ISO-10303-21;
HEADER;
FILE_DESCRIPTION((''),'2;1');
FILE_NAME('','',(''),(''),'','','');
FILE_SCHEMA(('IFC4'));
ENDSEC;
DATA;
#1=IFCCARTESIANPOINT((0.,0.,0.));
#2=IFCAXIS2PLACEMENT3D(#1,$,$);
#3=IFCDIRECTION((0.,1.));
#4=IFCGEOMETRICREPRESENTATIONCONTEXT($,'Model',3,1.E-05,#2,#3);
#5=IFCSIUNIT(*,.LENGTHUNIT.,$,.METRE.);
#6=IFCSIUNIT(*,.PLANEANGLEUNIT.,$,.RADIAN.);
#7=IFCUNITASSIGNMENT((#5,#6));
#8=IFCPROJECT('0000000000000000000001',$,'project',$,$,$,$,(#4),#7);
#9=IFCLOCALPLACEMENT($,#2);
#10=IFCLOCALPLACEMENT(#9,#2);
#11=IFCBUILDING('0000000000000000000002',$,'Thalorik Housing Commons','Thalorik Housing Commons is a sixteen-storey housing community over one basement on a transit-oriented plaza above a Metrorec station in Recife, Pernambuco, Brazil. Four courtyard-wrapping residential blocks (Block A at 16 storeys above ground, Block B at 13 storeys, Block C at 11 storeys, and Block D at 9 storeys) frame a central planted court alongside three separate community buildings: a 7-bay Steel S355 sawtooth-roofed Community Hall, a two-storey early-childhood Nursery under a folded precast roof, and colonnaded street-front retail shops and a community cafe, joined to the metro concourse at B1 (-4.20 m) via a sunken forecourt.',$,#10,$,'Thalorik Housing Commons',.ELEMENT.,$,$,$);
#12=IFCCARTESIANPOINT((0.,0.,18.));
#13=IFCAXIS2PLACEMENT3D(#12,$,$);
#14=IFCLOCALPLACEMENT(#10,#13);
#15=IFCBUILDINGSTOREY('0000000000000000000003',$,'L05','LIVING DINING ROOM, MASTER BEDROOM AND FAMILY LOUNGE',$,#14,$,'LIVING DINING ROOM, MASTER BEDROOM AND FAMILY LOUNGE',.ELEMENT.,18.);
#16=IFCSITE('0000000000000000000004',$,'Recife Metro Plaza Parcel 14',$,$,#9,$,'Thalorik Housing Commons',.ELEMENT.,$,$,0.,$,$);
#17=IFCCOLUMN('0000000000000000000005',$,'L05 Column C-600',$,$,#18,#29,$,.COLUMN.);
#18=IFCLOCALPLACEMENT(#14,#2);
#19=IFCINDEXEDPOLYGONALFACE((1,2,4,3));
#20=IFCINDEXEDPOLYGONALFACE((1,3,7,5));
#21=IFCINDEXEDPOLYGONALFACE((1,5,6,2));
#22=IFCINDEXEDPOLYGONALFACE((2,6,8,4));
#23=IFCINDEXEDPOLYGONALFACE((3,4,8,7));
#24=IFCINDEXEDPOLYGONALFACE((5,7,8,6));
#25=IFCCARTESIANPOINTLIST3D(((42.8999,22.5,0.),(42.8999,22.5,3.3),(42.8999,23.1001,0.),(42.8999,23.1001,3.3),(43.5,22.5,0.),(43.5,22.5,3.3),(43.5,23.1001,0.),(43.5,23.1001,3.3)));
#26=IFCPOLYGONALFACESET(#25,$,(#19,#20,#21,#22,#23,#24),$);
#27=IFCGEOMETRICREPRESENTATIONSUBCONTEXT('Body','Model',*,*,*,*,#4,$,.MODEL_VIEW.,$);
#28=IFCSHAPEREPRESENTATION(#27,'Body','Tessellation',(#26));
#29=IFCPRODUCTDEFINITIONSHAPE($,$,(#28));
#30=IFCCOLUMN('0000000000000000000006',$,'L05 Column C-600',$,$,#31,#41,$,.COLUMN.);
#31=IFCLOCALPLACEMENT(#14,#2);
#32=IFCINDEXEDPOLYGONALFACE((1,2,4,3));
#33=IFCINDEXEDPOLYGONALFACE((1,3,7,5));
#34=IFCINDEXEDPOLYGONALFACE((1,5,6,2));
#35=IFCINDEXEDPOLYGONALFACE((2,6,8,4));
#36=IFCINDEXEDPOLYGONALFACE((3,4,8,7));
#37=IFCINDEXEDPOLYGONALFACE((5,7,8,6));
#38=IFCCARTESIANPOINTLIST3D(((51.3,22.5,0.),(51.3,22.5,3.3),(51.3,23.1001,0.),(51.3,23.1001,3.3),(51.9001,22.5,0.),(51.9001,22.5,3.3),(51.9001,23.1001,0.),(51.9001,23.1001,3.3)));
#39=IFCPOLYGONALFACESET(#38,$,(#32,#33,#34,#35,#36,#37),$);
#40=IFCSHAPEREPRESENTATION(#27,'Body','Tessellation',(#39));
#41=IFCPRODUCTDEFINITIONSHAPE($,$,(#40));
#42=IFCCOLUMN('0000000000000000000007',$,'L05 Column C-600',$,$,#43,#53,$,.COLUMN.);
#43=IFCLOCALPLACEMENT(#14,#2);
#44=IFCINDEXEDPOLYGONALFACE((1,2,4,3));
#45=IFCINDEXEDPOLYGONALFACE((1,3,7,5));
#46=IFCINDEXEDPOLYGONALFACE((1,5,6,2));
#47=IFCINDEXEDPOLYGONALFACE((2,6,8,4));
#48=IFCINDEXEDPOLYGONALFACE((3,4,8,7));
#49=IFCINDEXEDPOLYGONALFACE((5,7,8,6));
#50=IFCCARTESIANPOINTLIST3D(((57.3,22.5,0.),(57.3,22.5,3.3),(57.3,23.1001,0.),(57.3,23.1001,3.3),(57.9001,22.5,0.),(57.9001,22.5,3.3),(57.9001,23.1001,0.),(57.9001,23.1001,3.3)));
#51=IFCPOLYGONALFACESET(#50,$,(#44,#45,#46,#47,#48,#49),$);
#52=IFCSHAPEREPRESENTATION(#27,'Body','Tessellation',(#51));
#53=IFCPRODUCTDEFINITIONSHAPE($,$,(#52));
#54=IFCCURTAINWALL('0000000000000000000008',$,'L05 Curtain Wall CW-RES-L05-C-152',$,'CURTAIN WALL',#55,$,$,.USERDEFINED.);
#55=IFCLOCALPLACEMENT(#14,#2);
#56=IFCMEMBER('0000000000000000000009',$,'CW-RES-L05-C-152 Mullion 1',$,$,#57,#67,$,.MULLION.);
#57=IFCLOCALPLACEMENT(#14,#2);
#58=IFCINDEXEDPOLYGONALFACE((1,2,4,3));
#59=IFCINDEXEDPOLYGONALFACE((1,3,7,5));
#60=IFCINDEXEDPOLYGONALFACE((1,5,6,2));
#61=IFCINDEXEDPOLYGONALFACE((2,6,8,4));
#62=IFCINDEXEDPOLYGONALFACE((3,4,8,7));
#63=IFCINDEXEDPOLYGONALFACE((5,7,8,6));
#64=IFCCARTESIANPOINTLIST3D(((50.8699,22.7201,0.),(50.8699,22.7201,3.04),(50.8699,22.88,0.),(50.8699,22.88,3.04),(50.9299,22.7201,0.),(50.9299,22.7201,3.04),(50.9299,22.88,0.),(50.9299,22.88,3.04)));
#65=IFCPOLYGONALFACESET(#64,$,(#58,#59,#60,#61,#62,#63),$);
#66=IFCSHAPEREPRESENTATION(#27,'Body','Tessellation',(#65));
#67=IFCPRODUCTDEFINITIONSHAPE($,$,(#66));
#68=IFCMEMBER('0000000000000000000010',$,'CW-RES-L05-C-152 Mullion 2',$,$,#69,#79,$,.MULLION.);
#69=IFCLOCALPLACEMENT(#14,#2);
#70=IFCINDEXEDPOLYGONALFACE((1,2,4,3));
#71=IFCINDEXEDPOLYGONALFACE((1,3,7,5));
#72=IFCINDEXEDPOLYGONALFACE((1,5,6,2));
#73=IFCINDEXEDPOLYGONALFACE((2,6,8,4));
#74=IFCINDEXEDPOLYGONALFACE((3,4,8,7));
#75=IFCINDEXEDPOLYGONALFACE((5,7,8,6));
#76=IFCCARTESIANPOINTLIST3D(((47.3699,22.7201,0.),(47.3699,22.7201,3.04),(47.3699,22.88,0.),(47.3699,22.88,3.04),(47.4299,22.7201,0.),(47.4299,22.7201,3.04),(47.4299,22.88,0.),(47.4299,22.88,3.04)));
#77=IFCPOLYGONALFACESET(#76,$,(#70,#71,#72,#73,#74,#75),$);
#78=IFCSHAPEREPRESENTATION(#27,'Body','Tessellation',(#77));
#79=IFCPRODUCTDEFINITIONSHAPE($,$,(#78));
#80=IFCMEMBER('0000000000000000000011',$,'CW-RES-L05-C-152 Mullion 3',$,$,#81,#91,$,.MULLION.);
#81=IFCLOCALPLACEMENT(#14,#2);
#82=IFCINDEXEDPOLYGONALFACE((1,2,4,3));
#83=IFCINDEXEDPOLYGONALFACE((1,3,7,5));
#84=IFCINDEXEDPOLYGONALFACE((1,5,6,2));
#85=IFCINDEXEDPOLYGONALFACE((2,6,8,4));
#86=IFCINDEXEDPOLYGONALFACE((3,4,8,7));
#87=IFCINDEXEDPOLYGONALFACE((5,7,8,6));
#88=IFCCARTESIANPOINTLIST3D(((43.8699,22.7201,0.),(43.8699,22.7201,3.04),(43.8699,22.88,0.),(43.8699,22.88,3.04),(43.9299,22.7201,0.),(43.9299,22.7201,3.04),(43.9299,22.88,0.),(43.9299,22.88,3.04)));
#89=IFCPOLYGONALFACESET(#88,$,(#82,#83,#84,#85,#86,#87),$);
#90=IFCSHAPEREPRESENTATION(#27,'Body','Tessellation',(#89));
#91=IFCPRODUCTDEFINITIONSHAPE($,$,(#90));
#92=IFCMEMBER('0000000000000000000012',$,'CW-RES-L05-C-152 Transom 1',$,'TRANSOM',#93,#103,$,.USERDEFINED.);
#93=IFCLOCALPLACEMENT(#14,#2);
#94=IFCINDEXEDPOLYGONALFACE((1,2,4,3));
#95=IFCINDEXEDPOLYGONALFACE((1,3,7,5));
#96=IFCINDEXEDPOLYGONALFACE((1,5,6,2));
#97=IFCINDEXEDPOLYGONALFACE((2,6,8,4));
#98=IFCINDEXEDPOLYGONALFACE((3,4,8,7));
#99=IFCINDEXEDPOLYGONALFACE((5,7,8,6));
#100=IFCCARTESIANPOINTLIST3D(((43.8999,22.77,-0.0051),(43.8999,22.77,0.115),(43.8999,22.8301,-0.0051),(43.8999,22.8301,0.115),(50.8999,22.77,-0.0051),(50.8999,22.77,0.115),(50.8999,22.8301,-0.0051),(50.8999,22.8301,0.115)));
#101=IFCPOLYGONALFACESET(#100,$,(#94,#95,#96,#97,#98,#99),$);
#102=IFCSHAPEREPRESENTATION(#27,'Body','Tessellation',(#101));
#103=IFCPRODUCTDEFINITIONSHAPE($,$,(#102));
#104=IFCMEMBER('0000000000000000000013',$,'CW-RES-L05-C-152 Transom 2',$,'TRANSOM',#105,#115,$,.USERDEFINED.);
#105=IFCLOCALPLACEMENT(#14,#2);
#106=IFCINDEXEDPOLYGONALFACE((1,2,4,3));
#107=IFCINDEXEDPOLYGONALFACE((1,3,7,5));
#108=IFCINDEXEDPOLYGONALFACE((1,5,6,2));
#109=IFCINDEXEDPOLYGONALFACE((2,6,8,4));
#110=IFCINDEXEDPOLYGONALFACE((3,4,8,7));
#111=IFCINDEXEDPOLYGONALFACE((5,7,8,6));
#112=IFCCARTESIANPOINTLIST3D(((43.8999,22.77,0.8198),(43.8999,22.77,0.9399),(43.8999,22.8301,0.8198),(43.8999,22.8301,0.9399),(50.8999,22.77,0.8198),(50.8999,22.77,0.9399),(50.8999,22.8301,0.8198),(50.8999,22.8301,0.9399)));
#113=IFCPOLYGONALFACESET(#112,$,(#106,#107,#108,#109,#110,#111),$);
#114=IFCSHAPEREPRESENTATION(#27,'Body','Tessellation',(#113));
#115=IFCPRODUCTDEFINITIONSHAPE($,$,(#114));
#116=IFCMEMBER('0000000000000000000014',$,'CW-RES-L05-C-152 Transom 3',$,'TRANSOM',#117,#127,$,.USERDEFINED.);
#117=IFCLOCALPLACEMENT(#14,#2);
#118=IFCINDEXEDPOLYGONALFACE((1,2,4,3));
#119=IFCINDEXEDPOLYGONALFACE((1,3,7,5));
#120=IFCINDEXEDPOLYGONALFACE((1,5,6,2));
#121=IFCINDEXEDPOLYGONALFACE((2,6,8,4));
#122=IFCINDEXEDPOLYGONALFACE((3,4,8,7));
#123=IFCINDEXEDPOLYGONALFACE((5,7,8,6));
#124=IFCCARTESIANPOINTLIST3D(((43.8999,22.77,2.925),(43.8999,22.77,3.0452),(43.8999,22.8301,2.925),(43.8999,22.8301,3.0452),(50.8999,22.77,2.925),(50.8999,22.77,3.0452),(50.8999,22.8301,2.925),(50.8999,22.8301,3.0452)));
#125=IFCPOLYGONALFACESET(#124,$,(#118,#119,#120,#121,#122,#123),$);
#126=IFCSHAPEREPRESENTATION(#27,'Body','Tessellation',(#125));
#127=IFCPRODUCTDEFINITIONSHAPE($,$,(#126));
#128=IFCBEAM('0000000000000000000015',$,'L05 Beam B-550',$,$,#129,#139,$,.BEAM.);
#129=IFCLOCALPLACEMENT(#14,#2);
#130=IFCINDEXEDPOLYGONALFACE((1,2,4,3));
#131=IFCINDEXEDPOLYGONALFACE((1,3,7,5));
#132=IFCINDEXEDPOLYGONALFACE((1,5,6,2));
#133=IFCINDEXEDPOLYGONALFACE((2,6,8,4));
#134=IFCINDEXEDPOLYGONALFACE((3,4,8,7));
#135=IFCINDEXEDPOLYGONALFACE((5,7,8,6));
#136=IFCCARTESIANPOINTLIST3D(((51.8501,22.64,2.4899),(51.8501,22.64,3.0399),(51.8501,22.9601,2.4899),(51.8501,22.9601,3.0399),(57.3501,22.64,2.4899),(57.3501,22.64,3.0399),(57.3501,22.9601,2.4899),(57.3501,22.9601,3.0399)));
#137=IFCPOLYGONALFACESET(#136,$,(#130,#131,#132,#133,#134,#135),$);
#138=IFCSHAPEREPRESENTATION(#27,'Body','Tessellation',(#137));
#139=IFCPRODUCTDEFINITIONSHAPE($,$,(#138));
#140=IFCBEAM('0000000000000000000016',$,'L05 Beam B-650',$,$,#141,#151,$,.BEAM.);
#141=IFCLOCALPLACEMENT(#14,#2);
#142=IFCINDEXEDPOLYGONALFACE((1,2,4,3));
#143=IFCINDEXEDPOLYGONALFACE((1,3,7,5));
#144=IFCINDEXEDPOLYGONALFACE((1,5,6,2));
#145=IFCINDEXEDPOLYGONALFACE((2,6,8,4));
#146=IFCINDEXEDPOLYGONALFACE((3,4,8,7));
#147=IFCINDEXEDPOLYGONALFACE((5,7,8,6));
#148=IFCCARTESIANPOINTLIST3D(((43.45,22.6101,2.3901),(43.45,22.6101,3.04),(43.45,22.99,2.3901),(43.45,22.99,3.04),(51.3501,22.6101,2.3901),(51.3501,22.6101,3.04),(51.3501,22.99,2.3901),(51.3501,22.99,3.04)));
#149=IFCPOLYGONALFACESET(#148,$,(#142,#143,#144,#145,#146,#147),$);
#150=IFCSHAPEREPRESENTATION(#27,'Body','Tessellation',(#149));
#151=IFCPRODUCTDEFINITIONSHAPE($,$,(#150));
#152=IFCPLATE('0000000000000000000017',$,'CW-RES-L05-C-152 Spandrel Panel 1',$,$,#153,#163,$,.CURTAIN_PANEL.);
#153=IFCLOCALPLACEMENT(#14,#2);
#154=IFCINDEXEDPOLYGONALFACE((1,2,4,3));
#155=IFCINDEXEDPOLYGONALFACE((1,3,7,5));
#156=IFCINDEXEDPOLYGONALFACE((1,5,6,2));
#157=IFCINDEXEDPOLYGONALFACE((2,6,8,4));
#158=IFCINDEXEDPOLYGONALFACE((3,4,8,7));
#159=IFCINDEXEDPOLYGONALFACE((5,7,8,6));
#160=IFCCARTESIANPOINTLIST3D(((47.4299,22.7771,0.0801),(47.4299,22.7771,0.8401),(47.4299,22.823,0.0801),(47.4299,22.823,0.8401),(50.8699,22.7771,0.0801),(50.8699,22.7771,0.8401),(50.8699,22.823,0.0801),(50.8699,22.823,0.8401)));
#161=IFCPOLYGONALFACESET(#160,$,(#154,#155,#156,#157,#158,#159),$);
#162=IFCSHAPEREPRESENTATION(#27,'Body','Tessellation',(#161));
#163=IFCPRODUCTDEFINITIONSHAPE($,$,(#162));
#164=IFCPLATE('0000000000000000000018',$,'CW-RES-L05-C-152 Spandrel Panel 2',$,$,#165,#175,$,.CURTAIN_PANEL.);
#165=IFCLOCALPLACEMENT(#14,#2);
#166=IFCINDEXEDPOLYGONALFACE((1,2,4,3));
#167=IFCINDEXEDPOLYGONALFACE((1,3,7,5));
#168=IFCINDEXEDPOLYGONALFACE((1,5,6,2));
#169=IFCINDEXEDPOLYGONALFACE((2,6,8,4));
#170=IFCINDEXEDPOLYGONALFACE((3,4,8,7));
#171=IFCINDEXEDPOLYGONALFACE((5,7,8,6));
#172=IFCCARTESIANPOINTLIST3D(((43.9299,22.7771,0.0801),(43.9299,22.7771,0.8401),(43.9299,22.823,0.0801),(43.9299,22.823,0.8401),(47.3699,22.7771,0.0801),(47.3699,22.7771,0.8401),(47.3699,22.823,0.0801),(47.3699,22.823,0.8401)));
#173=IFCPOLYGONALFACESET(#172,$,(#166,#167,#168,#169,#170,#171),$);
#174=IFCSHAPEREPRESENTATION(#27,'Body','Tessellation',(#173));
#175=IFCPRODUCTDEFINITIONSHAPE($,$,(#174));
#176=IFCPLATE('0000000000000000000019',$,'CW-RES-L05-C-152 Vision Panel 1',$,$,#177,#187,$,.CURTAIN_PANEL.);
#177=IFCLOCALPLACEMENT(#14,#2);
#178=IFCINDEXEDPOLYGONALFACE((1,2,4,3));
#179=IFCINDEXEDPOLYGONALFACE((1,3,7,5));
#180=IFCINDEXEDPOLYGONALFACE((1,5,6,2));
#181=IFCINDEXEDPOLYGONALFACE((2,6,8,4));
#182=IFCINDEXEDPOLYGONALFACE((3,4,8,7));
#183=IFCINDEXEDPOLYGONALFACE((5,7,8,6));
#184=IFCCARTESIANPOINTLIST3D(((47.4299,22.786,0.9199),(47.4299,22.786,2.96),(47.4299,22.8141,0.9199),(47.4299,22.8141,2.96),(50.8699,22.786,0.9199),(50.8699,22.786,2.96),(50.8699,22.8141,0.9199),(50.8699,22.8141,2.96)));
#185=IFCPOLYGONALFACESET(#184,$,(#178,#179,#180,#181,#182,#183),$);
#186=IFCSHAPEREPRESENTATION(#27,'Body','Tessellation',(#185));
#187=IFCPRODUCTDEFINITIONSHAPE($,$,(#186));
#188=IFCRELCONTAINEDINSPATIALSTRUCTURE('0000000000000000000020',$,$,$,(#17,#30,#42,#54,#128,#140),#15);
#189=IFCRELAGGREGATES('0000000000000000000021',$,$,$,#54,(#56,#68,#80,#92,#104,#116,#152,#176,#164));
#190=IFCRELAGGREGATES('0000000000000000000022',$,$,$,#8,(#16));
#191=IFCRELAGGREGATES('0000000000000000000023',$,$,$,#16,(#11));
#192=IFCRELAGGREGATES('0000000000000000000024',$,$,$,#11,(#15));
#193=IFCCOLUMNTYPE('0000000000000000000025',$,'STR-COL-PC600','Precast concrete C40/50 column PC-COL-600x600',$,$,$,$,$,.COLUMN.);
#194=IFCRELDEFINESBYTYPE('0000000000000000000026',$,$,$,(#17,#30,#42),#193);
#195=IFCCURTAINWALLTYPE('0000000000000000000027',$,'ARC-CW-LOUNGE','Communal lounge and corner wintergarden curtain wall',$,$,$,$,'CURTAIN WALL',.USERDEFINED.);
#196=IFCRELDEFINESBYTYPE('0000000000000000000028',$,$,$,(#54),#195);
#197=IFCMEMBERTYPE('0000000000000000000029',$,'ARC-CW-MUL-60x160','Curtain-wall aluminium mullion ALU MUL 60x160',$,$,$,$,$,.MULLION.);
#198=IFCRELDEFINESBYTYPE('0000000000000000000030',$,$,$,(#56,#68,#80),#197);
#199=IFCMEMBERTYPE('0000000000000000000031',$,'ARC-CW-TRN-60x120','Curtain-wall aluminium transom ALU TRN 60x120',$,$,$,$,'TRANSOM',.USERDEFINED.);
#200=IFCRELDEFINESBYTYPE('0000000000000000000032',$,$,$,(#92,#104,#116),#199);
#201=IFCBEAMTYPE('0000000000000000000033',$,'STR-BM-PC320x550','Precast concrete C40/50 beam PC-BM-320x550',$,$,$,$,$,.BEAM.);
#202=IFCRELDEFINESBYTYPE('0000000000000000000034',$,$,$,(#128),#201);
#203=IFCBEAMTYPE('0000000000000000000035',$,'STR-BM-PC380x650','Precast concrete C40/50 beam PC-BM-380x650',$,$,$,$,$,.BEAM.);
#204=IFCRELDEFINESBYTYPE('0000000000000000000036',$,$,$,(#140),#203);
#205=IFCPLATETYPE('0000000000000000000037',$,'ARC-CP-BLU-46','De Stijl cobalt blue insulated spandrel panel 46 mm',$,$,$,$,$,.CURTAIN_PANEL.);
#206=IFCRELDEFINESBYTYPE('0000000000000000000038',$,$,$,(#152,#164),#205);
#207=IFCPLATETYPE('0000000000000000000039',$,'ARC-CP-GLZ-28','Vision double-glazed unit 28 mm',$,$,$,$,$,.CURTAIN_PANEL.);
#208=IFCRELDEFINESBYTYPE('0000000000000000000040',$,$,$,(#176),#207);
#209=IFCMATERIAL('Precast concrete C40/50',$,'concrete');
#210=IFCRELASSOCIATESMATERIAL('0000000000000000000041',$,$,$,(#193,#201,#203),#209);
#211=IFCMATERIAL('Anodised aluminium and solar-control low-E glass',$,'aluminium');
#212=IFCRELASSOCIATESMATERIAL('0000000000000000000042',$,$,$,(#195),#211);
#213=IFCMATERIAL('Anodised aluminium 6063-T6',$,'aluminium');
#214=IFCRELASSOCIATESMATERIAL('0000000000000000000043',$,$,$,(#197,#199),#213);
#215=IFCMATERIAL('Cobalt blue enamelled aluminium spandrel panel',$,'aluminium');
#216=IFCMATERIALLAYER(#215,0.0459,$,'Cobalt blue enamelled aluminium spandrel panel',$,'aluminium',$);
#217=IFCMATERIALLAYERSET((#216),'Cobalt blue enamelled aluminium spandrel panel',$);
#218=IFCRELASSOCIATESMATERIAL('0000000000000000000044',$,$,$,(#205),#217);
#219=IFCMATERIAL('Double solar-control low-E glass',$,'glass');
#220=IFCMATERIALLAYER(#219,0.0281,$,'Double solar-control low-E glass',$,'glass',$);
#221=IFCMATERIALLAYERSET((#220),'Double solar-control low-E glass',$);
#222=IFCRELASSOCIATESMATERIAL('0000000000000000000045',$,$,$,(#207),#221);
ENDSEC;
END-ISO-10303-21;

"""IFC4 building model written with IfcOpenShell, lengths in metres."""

from ifc_helpers import new_model, si_unit, direction, frame, origin, origin_2d, place, context, subcontext, project, spatial, rectangle, extrude, material, layer, layer_set, material_profile, profile_set, type_object, element, aggregate, save


model = new_model("IFC4")

# Units and contexts
model_context = context("Model", 3, precision=1e-05, world=origin(), true_north=direction((0.0, 1.0)))
body_context = subcontext(model_context, "Body", "Model", "MODEL_VIEW")
ifc_project = project(units=[si_unit("LENGTHUNIT", "METRE"), si_unit("PLANEANGLEUNIT", "RADIAN")], contexts=[model_context])

# Site, building, storey
site_placement = place(None, origin())
site = spatial("IfcSite", under=ifc_project, at=site_placement, Name="Recife Metro Plaza Parcel 14", LongName="Thalorik Housing Commons", CompositionType="ELEMENT", RefElevation=0.0)
building_placement = place(site_placement, origin())
building = spatial("IfcBuilding", under=site, at=building_placement, Name="Thalorik Housing Commons", Description="Thalorik Housing Commons is a sixteen-storey housing community over one basement on a transit-oriented plaza above a Metrorec station in Recife, Pernambuco, Brazil. Four courtyard-wrapping residential blocks (Block A at 16 storeys above ground, Block B at 13 storeys, Block C at 11 storeys, and Block D at 9 storeys) frame a central planted court alongside three separate community buildings: a 7-bay Steel S355 sawtooth-roofed Community Hall, a two-storey early-childhood Nursery under a folded precast roof, and colonnaded street-front retail shops and a community cafe, joined to the metro concourse at B1 (-4.20 m) via a sunken forecourt.", LongName="Thalorik Housing Commons", CompositionType="ELEMENT")
storey_placement = place(building_placement, frame((0.0, 0.0, 18.0)))
storey = spatial("IfcBuildingStorey", under=building, at=storey_placement, Name="L05", Description="LIVING DINING ROOM, MASTER BEDROOM AND FAMILY LOUNGE", LongName="LIVING DINING ROOM, MASTER BEDROOM AND FAMILY LOUNGE", CompositionType="ELEMENT", Elevation=18.0)

# Columns
ifc_material_1 = material(Name="Precast concrete C40/50", Category="concrete")
ifc_material_profile_1 = material_profile(ifc_material_1, rectangle(XDim=0.6001, YDim=0.6001, at=origin_2d()), Name="PC 600x600", Category="concrete")
ifc_profile_set_1 = profile_set([ifc_material_profile_1], Name="Precast concrete C40/50")
column_type = type_object("IfcColumnType", Name="STR-COL-PC600", Description="Precast concrete C40/50 column PC-COL-600x600", PredefinedType="COLUMN", material=ifc_profile_set_1)
for number, where, z_axis, x_axis, name in (
    (1, (43.2, 22.8, 0.0), (0.0, 0.0, 1.0), (1.0, 0.0, 0.0), "L05 Column C-600"),
    (2, (51.6001, 22.8, 0.0), (0.0, 0.0, 1.0), (1.0, 0.0, 0.0), "L05 Column C-600"),
    (3, (57.6001, 22.8, 0.0), (0.0, 0.0, 1.0), (1.0, 0.0, 0.0), "L05 Column C-600"),
):
    element("IfcColumn", number, at=place(storey_placement, frame(where, z_axis=z_axis, x_axis=x_axis)), inside=storey, type_object=column_type, Name=name, PredefinedType="COLUMN", context=body_context, shape_type="SweptSolid", body=[
        extrude(rectangle(XDim=0.6001, YDim=0.6001, at=origin_2d()), origin(), (0.0, 0.0, 1.0), 3.3),
    ])

# Curtain wall, members
ifc_material_2 = material(Name="Anodised aluminium and solar-control low-E glass", Category="aluminium")
curtain_wall_type = type_object("IfcCurtainWallType", Name="ARC-CW-LOUNGE", Description="Communal lounge and corner wintergarden curtain wall", ElementType="CURTAIN WALL", PredefinedType="USERDEFINED", material=ifc_material_2)
curtain_wall_placement = place(storey_placement, origin())
curtain_wall = element("IfcCurtainWall", 4, at=curtain_wall_placement, inside=storey, type_object=curtain_wall_type, Name="L05 Curtain Wall CW-RES-L05-C-152", ObjectType="CURTAIN WALL", PredefinedType="USERDEFINED")
ifc_material_3 = material(Name="Anodised aluminium 6063-T6", Category="aluminium")
ifc_material_profile_2 = material_profile(ifc_material_3, rectangle(XDim=0.0601, YDim=0.1599, at=origin_2d()), Name="ALU MUL 60x160", Category="aluminium")
ifc_profile_set_2 = profile_set([ifc_material_profile_2], Name="Anodised aluminium 6063-T6")
member_type_1 = type_object("IfcMemberType", Name="ARC-CW-MUL-60x160", Description="Curtain-wall aluminium mullion ALU MUL 60x160", PredefinedType="MULLION", material=ifc_profile_set_2)
member_1_placement = place(storey_placement, frame((50.8999, 22.8, 0.0), z_axis=(0.0, 0.0, 1.0), x_axis=(-1.0, 0.0, 0.0)))
member_1 = element("IfcMember", 5, at=member_1_placement, type_object=member_type_1, Name="CW-RES-L05-C-152 Mullion 1", PredefinedType="MULLION", context=body_context, shape_type="SweptSolid", body=[
    extrude(rectangle(XDim=0.0601, YDim=0.1599, at=origin_2d()), origin(), (0.0, 0.0, 1.0), 3.04),
])
member_2_placement = place(storey_placement, frame((47.3999, 22.8, 0.0), z_axis=(0.0, 0.0, 1.0), x_axis=(-1.0, 0.0, 0.0)))
member_2 = element("IfcMember", 6, at=member_2_placement, type_object=member_type_1, Name="CW-RES-L05-C-152 Mullion 2", PredefinedType="MULLION", context=body_context, shape_type="SweptSolid", body=[
    extrude(rectangle(XDim=0.0601, YDim=0.1599, at=origin_2d()), origin(), (0.0, 0.0, 1.0), 3.04),
])
member_3_placement = place(storey_placement, frame((43.8999, 22.8, 0.0), z_axis=(0.0, 0.0, 1.0), x_axis=(-1.0, 0.0, 0.0)))
member_3 = element("IfcMember", 7, at=member_3_placement, type_object=member_type_1, Name="CW-RES-L05-C-152 Mullion 3", PredefinedType="MULLION", context=body_context, shape_type="SweptSolid", body=[
    extrude(rectangle(XDim=0.0601, YDim=0.1599, at=origin_2d()), origin(), (0.0, 0.0, 1.0), 3.04),
])
ifc_material_profile_3 = material_profile(ifc_material_3, rectangle(XDim=0.0601, YDim=0.1201, at=origin_2d()), Name="ALU TRN 60x120", Category="aluminium")
ifc_profile_set_3 = profile_set([ifc_material_profile_3], Name="Anodised aluminium 6063-T6")
member_type_2 = type_object("IfcMemberType", Name="ARC-CW-TRN-60x120", Description="Curtain-wall aluminium transom ALU TRN 60x120", ElementType="TRANSOM", PredefinedType="USERDEFINED", material=ifc_profile_set_3)
member_4_placement = place(storey_placement, frame((50.8999, 22.8, 0.0549), z_axis=(-1.0, 0.0, 0.0), x_axis=(0.0, -1.0, 0.0)))
member_4 = element("IfcMember", 8, at=member_4_placement, type_object=member_type_2, Name="CW-RES-L05-C-152 Transom 1", ObjectType="TRANSOM", PredefinedType="USERDEFINED", context=body_context, shape_type="SweptSolid", body=[
    extrude(rectangle(XDim=0.0601, YDim=0.1201, at=origin_2d()), origin(), (0.0, 0.0, 1.0), 7.0),
])
member_5_placement = place(storey_placement, frame((50.8999, 22.8, 0.8799), z_axis=(-1.0, 0.0, 0.0), x_axis=(0.0, -1.0, 0.0)))
member_5 = element("IfcMember", 9, at=member_5_placement, type_object=member_type_2, Name="CW-RES-L05-C-152 Transom 2", ObjectType="TRANSOM", PredefinedType="USERDEFINED", context=body_context, shape_type="SweptSolid", body=[
    extrude(rectangle(XDim=0.0601, YDim=0.1201, at=origin_2d()), origin(), (0.0, 0.0, 1.0), 7.0),
])
member_6_placement = place(storey_placement, frame((50.8999, 22.8, 2.9851), z_axis=(-1.0, 0.0, 0.0), x_axis=(0.0, -1.0, 0.0)))
member_6 = element("IfcMember", 10, at=member_6_placement, type_object=member_type_2, Name="CW-RES-L05-C-152 Transom 3", ObjectType="TRANSOM", PredefinedType="USERDEFINED", context=body_context, shape_type="SweptSolid", body=[
    extrude(rectangle(XDim=0.0601, YDim=0.1201, at=origin_2d()), origin(), (0.0, 0.0, 1.0), 7.0),
])

# Beams
ifc_material_profile_4 = material_profile(ifc_material_1, rectangle(XDim=0.3201, YDim=0.55, at=origin_2d()), Name="PC 320x550", Category="concrete")
ifc_profile_set_4 = profile_set([ifc_material_profile_4], Name="Precast concrete C40/50")
beam_type_1 = type_object("IfcBeamType", Name="STR-BM-PC320x550", Description="Precast concrete C40/50 beam PC-BM-320x550", PredefinedType="BEAM", material=ifc_profile_set_4)
beam_1_placement = place(storey_placement, frame((51.8501, 22.8, 2.7649), z_axis=(1.0, 0.0, 0.0), x_axis=(0.0, 1.0, 0.0)))
element("IfcBeam", 11, at=beam_1_placement, inside=storey, type_object=beam_type_1, Name="L05 Beam B-550", PredefinedType="BEAM", context=body_context, shape_type="SweptSolid", body=[
    extrude(rectangle(XDim=0.3201, YDim=0.55, at=origin_2d()), origin(), (0.0, 0.0, 1.0), 5.5),
])
ifc_material_profile_5 = material_profile(ifc_material_1, rectangle(XDim=0.3799, YDim=0.6499, at=origin_2d()), Name="PC 380x650", Category="concrete")
ifc_profile_set_5 = profile_set([ifc_material_profile_5], Name="Precast concrete C40/50")
beam_type_2 = type_object("IfcBeamType", Name="STR-BM-PC380x650", Description="Precast concrete C40/50 beam PC-BM-380x650", PredefinedType="BEAM", material=ifc_profile_set_5)
beam_2_placement = place(storey_placement, frame((43.45, 22.8, 2.7151), z_axis=(1.0, 0.0, 0.0), x_axis=(0.0, 1.0, 0.0)))
element("IfcBeam", 12, at=beam_2_placement, inside=storey, type_object=beam_type_2, Name="L05 Beam B-650", PredefinedType="BEAM", context=body_context, shape_type="SweptSolid", body=[
    extrude(rectangle(XDim=0.3799, YDim=0.6499, at=origin_2d()), origin(), (0.0, 0.0, 1.0), 7.9001),
])

# Plates
ifc_material_4 = material(Name="Cobalt blue enamelled aluminium spandrel panel", Category="aluminium")
ifc_layer_1 = layer(ifc_material_4, 0.0459, Name="Cobalt blue enamelled aluminium spandrel panel", Category="aluminium")
ifc_layer_set_1 = layer_set([ifc_layer_1], Name="Cobalt blue enamelled aluminium spandrel panel")
plate_type_1 = type_object("IfcPlateType", Name="ARC-CP-BLU-46", Description="De Stijl cobalt blue insulated spandrel panel 46 mm", PredefinedType="CURTAIN_PANEL", material=ifc_layer_set_1)
plate_1_placement = place(storey_placement, frame((49.1499, 22.8, 0.0801), z_axis=(0.0, 0.0, 1.0), x_axis=(-1.0, 0.0, 0.0)))
plate_1 = element("IfcPlate", 13, at=plate_1_placement, type_object=plate_type_1, Name="CW-RES-L05-C-152 Spandrel Panel 1", PredefinedType="CURTAIN_PANEL", context=body_context, shape_type="SweptSolid", body=[
    extrude(rectangle(XDim=3.4399, YDim=0.0459, at=origin_2d()), origin(), (0.0, 0.0, 1.0), 0.76),
])
plate_2_placement = place(storey_placement, frame((45.6499, 22.8, 0.0801), z_axis=(0.0, 0.0, 1.0), x_axis=(-1.0, 0.0, 0.0)))
plate_2 = element("IfcPlate", 14, at=plate_2_placement, type_object=plate_type_1, Name="CW-RES-L05-C-152 Spandrel Panel 2", PredefinedType="CURTAIN_PANEL", context=body_context, shape_type="SweptSolid", body=[
    extrude(rectangle(XDim=3.4399, YDim=0.0459, at=origin_2d()), origin(), (0.0, 0.0, 1.0), 0.76),
])
ifc_material_5 = material(Name="Double solar-control low-E glass", Category="glass")
ifc_layer_2 = layer(ifc_material_5, 0.0281, Name="Double solar-control low-E glass", Category="glass")
ifc_layer_set_2 = layer_set([ifc_layer_2], Name="Double solar-control low-E glass")
plate_type_2 = type_object("IfcPlateType", Name="ARC-CP-GLZ-28", Description="Vision double-glazed unit 28 mm", PredefinedType="CURTAIN_PANEL", material=ifc_layer_set_2)
plate_3_placement = place(storey_placement, frame((49.1499, 22.8, 0.9199), z_axis=(0.0, 0.0, 1.0), x_axis=(-1.0, 0.0, 0.0)))
plate_3 = element("IfcPlate", 15, at=plate_3_placement, type_object=plate_type_2, Name="CW-RES-L05-C-152 Vision Panel 1", PredefinedType="CURTAIN_PANEL", context=body_context, shape_type="SweptSolid", body=[
    extrude(rectangle(XDim=3.4399, YDim=0.0281, at=origin_2d()), origin(), (0.0, 0.0, 1.0), 2.04),
])
aggregate(curtain_wall, [member_1, member_2, member_3, member_4, member_5, member_6, plate_1, plate_3, plate_2])

save(model, "model.ifc")
